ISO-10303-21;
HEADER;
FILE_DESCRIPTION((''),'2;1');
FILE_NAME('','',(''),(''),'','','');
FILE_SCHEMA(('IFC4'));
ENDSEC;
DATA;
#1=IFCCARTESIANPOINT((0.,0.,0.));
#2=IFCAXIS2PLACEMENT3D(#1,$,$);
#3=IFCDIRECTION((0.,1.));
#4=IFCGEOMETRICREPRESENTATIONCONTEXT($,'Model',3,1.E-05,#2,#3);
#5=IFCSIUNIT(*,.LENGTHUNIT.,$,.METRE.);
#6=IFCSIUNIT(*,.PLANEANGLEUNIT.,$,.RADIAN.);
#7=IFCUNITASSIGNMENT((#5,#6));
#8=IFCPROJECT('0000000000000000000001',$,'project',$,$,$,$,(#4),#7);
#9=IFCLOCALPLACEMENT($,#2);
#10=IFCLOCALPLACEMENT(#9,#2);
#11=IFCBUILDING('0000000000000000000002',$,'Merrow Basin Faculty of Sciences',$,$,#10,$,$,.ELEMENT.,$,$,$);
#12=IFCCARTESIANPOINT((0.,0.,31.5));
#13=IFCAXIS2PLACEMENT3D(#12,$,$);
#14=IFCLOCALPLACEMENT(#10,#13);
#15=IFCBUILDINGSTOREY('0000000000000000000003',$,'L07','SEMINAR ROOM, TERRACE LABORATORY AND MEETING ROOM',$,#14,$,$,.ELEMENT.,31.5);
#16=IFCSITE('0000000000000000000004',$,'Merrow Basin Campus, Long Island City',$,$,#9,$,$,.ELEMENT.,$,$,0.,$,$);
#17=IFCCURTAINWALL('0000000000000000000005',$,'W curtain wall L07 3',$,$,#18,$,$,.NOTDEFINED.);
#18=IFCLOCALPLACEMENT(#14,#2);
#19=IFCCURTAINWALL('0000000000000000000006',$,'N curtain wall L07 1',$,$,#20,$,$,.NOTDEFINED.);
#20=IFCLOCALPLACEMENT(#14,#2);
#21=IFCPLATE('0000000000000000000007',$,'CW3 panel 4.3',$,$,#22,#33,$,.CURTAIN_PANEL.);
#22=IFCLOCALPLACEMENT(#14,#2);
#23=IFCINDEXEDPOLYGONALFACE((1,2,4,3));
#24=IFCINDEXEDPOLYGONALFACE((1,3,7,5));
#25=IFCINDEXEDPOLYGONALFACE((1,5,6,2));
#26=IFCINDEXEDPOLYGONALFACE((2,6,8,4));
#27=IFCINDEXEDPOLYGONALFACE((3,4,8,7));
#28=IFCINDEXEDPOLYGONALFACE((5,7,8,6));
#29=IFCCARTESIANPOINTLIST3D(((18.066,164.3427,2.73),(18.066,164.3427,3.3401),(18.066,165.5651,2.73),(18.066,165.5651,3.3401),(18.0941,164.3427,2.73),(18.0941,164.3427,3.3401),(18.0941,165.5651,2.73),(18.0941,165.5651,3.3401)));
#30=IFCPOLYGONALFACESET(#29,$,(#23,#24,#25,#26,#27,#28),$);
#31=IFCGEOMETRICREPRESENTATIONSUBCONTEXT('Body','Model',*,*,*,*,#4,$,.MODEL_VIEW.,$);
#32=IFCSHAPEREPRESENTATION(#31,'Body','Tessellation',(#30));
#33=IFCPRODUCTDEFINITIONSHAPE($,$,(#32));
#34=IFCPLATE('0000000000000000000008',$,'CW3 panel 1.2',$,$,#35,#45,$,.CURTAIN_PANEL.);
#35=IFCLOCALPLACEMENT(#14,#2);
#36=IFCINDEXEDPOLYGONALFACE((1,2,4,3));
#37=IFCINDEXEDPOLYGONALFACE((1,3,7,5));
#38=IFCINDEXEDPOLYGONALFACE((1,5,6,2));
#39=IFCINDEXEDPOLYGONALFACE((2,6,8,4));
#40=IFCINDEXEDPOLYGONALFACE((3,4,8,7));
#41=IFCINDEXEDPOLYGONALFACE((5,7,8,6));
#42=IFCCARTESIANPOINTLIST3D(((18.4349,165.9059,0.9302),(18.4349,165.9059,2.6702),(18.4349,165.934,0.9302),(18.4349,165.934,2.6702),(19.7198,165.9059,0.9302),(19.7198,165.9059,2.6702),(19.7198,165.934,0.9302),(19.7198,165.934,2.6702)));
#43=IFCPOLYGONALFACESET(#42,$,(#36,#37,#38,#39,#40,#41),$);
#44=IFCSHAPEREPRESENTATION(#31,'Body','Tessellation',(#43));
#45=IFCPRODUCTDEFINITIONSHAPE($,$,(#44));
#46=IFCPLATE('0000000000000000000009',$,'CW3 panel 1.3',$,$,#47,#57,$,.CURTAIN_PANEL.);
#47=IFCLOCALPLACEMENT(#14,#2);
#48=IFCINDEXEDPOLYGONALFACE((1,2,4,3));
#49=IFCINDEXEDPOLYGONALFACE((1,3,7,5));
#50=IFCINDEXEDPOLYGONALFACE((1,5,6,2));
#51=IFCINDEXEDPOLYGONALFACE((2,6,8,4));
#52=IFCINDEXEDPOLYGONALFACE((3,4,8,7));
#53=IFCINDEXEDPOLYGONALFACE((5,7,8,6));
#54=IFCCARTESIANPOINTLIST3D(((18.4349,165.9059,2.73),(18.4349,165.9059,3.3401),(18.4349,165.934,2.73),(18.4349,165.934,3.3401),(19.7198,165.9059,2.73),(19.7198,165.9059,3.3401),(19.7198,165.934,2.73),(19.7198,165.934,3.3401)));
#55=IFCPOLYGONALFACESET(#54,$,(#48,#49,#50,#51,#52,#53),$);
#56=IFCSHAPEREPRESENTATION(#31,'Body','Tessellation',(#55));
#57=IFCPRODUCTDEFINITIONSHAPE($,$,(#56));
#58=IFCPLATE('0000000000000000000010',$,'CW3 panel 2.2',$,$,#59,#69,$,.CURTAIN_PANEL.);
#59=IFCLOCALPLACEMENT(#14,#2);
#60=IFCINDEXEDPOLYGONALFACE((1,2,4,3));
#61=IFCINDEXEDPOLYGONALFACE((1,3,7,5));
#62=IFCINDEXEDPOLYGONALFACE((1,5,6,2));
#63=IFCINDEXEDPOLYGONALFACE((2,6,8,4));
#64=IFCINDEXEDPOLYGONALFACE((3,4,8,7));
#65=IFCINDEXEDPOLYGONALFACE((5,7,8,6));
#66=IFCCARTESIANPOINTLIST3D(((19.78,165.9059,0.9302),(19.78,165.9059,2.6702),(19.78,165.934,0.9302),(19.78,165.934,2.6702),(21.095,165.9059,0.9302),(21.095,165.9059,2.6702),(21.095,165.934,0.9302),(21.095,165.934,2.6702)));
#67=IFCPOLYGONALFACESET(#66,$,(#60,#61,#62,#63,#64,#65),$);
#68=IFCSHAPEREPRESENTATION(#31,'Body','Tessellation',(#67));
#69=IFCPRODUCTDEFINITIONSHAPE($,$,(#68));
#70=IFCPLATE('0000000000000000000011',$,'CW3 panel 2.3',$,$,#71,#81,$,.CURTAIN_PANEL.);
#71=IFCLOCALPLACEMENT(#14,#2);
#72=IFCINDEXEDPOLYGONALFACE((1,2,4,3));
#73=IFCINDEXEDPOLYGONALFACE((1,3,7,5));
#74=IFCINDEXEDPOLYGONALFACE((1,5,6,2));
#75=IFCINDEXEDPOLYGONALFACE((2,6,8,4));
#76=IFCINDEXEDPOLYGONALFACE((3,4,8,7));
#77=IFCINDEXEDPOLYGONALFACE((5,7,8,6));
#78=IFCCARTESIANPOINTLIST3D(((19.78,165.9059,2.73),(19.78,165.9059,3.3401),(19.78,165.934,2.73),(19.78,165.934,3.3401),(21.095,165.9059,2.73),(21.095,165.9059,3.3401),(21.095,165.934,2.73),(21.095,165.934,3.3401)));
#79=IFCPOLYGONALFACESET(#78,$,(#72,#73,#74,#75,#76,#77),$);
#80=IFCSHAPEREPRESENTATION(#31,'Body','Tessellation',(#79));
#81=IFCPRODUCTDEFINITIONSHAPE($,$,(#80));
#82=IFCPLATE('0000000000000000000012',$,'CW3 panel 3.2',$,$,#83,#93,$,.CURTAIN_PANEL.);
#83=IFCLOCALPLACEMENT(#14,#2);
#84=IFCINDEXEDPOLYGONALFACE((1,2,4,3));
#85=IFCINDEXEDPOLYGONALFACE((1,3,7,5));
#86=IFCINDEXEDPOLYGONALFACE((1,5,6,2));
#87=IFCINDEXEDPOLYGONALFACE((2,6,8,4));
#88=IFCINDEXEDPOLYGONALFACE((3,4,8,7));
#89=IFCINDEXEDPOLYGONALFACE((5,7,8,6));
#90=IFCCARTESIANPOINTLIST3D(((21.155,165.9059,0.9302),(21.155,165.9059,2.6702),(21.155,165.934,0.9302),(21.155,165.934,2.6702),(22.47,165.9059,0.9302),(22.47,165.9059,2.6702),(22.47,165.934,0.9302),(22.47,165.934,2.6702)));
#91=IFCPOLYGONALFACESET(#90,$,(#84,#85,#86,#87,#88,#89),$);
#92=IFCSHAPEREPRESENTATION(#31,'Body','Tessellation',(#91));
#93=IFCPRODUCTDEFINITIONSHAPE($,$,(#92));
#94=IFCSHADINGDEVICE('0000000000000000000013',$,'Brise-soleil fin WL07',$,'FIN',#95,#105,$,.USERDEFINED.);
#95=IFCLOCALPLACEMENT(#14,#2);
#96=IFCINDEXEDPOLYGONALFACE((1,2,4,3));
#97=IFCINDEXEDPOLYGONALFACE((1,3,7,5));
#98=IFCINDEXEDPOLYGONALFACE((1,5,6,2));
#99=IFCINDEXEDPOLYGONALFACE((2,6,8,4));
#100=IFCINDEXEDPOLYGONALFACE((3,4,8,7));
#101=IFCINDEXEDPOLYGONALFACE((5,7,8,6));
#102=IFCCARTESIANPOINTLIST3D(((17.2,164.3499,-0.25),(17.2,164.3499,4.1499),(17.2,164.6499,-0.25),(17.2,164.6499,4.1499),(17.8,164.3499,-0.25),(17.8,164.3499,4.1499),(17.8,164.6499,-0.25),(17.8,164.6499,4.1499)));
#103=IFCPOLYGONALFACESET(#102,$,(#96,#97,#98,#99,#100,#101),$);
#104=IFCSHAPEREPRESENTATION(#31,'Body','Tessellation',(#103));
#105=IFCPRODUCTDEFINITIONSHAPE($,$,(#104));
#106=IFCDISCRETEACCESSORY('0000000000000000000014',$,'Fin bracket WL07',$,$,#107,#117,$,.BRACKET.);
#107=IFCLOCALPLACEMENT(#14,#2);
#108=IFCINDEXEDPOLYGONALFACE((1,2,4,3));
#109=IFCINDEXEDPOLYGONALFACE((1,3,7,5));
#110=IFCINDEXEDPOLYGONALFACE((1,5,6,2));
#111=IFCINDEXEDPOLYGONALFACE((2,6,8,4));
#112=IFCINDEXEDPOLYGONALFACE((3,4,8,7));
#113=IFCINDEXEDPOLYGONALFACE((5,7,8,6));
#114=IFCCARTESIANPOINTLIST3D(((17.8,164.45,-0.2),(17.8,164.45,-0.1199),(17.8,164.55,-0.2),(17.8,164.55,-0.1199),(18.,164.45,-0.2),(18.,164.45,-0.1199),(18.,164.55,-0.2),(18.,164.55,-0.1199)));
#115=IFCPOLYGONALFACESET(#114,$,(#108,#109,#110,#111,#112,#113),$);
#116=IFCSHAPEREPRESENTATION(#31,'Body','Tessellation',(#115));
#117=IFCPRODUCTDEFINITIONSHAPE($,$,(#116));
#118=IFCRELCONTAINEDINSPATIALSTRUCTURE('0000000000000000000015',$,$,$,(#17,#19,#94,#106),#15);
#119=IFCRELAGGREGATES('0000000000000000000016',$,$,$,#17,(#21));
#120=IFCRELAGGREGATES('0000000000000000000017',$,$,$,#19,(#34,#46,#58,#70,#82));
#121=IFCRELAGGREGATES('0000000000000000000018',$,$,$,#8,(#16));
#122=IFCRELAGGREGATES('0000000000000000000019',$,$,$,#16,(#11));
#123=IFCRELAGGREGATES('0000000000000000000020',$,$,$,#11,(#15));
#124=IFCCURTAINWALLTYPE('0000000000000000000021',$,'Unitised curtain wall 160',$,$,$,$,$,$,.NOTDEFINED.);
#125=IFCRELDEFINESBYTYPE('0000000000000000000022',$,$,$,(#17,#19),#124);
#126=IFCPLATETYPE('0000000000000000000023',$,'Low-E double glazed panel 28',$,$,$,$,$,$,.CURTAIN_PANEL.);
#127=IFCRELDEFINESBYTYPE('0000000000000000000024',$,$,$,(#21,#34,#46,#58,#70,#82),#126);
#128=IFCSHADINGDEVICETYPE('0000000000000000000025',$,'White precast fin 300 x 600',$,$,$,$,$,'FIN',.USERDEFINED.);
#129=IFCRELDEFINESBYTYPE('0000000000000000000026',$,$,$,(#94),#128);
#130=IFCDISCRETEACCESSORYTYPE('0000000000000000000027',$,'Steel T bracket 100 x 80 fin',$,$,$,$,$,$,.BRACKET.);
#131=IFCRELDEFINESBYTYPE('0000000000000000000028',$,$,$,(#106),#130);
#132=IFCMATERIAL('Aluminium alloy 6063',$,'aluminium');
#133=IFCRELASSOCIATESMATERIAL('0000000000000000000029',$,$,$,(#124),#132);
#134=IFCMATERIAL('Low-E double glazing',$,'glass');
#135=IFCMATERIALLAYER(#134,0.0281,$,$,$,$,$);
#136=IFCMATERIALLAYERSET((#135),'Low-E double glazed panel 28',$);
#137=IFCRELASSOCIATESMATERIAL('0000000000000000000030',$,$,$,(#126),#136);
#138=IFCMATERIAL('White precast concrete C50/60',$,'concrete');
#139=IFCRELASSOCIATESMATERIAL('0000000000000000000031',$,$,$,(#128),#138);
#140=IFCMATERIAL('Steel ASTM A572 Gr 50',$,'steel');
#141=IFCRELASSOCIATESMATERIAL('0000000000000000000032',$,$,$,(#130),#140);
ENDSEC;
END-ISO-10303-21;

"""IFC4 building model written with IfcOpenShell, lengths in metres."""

from ifc_helpers import new_model, si_unit, direction, frame, origin, origin_2d, place, context, subcontext, project, spatial, polyline, rectangle, outline, extrude, source, transform, mapped, material, layer, layer_set, type_object, element, aggregate, save


model = new_model("IFC4")

# Units and contexts
model_context = context("Model", 3, precision=1e-05, world=origin(), true_north=direction((0.0, 1.0)))
body_context = subcontext(model_context, "Body", "Model", "MODEL_VIEW")
ifc_project = project(units=[si_unit("LENGTHUNIT", "METRE"), si_unit("PLANEANGLEUNIT", "RADIAN")], contexts=[model_context])

# Site, building, storey
site_placement = place(None, origin())
site = spatial("IfcSite", under=ifc_project, at=site_placement, Name="Merrow Basin Campus, Long Island City", CompositionType="ELEMENT", RefElevation=0.0)
building_placement = place(site_placement, origin())
building = spatial("IfcBuilding", under=site, at=building_placement, Name="Merrow Basin Faculty of Sciences", CompositionType="ELEMENT")
storey_placement = place(building_placement, frame((0.0, 0.0, 31.5)))
storey = spatial("IfcBuildingStorey", under=building, at=storey_placement, Name="L07", Description="SEMINAR ROOM, TERRACE LABORATORY AND MEETING ROOM", CompositionType="ELEMENT", Elevation=31.5)

# Curtain walls
ifc_material_1 = material(Name="Aluminium alloy 6063", Category="aluminium")
curtain_wall_type = type_object("IfcCurtainWallType", Name="Unitised curtain wall 160", PredefinedType="NOTDEFINED", material=ifc_material_1)
curtain_wall_1_placement = place(storey_placement, origin())
curtain_wall_1 = element("IfcCurtainWall", 1, at=curtain_wall_1_placement, inside=storey, type_object=curtain_wall_type, Name="W curtain wall L07 3", PredefinedType="NOTDEFINED")
curtain_wall_2_placement = place(storey_placement, origin())
curtain_wall_2 = element("IfcCurtainWall", 2, at=curtain_wall_2_placement, inside=storey, type_object=curtain_wall_type, Name="N curtain wall L07 1", PredefinedType="NOTDEFINED")

# Plates
ifc_material_2 = material(Name="Low-E double glazing", Category="glass")
ifc_layer_1 = layer(ifc_material_2, 0.0281)
ifc_layer_set_1 = layer_set([ifc_layer_1], Name="Low-E double glazed panel 28")
plate_type_1 = type_object("IfcPlateType", Name="Low-E double glazed panel 28", PredefinedType="CURTAIN_PANEL", material=ifc_layer_set_1)
plate_1_placement = place(storey_placement, frame((18.0801, 164.9539, 2.73), z_axis=(0.0, 0.0, 1.0), x_axis=(0.0, 1.0, 0.0)))
plate_1 = element("IfcPlate", 3, at=plate_1_placement, type_object=plate_type_1, Name="CW3 panel 4.3", PredefinedType="CURTAIN_PANEL", context=body_context, shape_type="SweptSolid", body=[
    extrude(rectangle(XDim=1.2224, YDim=0.0281, at=origin_2d()), origin(), (0.0, 0.0, 1.0), 0.6101),
])
aggregate(curtain_wall_1, [plate_1])
plate_2_placement = place(storey_placement, frame((19.0774, 165.9199, 0.9302), z_axis=(0.0, 0.0, 1.0), x_axis=(1.0, 0.0, 0.0)))
plate_2 = element("IfcPlate", 4, at=plate_2_placement, type_object=plate_type_1, Name="CW3 panel 1.2", PredefinedType="CURTAIN_PANEL", context=body_context, shape_type="SweptSolid", body=[
    extrude(rectangle(XDim=1.2849, YDim=0.0281, at=origin_2d()), origin(), (0.0, 0.0, 1.0), 1.74),
])
plate_3_placement = place(storey_placement, frame((19.0774, 165.9199, 2.73), z_axis=(0.0, 0.0, 1.0), x_axis=(1.0, 0.0, 0.0)))
plate_3 = element("IfcPlate", 5, at=plate_3_placement, type_object=plate_type_1, Name="CW3 panel 1.3", PredefinedType="CURTAIN_PANEL", context=body_context, shape_type="SweptSolid", body=[
    extrude(rectangle(XDim=1.2849, YDim=0.0281, at=origin_2d()), origin(), (0.0, 0.0, 1.0), 0.6101),
])
plate_4_placement = place(storey_placement, frame((20.4375, 165.9199, 0.9302), z_axis=(0.0, 0.0, 1.0), x_axis=(1.0, 0.0, 0.0)))
plate_4 = element("IfcPlate", 6, at=plate_4_placement, type_object=plate_type_1, Name="CW3 panel 2.2", PredefinedType="CURTAIN_PANEL", context=body_context, shape_type="SweptSolid", body=[
    extrude(rectangle(XDim=1.3149, YDim=0.0281, at=origin_2d()), origin(), (0.0, 0.0, 1.0), 1.74),
])
plate_5_placement = place(storey_placement, frame((20.4375, 165.9199, 2.73), z_axis=(0.0, 0.0, 1.0), x_axis=(1.0, 0.0, 0.0)))
plate_5 = element("IfcPlate", 7, at=plate_5_placement, type_object=plate_type_1, Name="CW3 panel 2.3", PredefinedType="CURTAIN_PANEL", context=body_context, shape_type="SweptSolid", body=[
    extrude(rectangle(XDim=1.3149, YDim=0.0281, at=origin_2d()), origin(), (0.0, 0.0, 1.0), 0.6101),
])
plate_6_placement = place(storey_placement, frame((21.8125, 165.9199, 0.9302), z_axis=(0.0, 0.0, 1.0), x_axis=(1.0, 0.0, 0.0)))
plate_6 = element("IfcPlate", 8, at=plate_6_placement, type_object=plate_type_1, Name="CW3 panel 3.2", PredefinedType="CURTAIN_PANEL", context=body_context, shape_type="SweptSolid", body=[
    extrude(rectangle(XDim=1.3149, YDim=0.0281, at=origin_2d()), origin(), (0.0, 0.0, 1.0), 1.74),
])
aggregate(curtain_wall_2, [plate_2, plate_3, plate_4, plate_5, plate_6])

# Shading device
ifc_material_3 = material(Name="White precast concrete C50/60", Category="concrete")
shading_device_type = type_object("IfcShadingDeviceType", Name="White precast fin 300 x 600", ElementType="FIN", PredefinedType="USERDEFINED", material=ifc_material_3)
shared_shape_1 = source(origin(), body_context, "Body", "SweptSolid", [
    extrude(outline(polyline([(0.0, 0.0), (0.3, 0.0), (0.3, 4.3999), (0.0, 4.3999), (0.0, 0.0)])), origin(), (0.0, 0.0, 1.0), 0.6001),
])
shading_device_placement = place(storey_placement, frame((17.8, 164.6499, -0.25), z_axis=(-1.0, 0.0, 0.0), x_axis=(0.0, -1.0, 0.0)))
element("IfcShadingDevice", 9, at=shading_device_placement, inside=storey, type_object=shading_device_type, Name="Brise-soleil fin WL07", ObjectType="FIN", PredefinedType="USERDEFINED", context=body_context, shape_type="MappedRepresentation", body=[
    mapped(shared_shape_1, transform((0.0, 0.0, 0.0), scale=1.0)),
])

# Discrete accessory
ifc_material_4 = material(Name="Steel ASTM A572 Gr 50", Category="steel")
discrete_accessory_type = type_object("IfcDiscreteAccessoryType", Name="Steel T bracket 100 x 80 fin", PredefinedType="BRACKET", material=ifc_material_4)
shared_shape_2 = source(origin(), body_context, "Body", "SweptSolid", [
    extrude(outline(polyline([(0.0, 0.0), (0.1001, 0.0), (0.1001, 0.0801), (0.0, 0.0801), (0.0, 0.0)])), origin(), (0.0, 0.0, 1.0), 0.2),
])
discrete_accessory_placement = place(storey_placement, frame((18.0, 164.55, -0.2), z_axis=(-1.0, 0.0, 0.0), x_axis=(0.0, -1.0, 0.0)))
element("IfcDiscreteAccessory", 10, at=discrete_accessory_placement, inside=storey, type_object=discrete_accessory_type, Name="Fin bracket WL07", PredefinedType="BRACKET", context=body_context, shape_type="MappedRepresentation", body=[
    mapped(shared_shape_2, transform((0.0, 0.0, 0.0), scale=1.0)),
])

save(model, "model.ifc")
